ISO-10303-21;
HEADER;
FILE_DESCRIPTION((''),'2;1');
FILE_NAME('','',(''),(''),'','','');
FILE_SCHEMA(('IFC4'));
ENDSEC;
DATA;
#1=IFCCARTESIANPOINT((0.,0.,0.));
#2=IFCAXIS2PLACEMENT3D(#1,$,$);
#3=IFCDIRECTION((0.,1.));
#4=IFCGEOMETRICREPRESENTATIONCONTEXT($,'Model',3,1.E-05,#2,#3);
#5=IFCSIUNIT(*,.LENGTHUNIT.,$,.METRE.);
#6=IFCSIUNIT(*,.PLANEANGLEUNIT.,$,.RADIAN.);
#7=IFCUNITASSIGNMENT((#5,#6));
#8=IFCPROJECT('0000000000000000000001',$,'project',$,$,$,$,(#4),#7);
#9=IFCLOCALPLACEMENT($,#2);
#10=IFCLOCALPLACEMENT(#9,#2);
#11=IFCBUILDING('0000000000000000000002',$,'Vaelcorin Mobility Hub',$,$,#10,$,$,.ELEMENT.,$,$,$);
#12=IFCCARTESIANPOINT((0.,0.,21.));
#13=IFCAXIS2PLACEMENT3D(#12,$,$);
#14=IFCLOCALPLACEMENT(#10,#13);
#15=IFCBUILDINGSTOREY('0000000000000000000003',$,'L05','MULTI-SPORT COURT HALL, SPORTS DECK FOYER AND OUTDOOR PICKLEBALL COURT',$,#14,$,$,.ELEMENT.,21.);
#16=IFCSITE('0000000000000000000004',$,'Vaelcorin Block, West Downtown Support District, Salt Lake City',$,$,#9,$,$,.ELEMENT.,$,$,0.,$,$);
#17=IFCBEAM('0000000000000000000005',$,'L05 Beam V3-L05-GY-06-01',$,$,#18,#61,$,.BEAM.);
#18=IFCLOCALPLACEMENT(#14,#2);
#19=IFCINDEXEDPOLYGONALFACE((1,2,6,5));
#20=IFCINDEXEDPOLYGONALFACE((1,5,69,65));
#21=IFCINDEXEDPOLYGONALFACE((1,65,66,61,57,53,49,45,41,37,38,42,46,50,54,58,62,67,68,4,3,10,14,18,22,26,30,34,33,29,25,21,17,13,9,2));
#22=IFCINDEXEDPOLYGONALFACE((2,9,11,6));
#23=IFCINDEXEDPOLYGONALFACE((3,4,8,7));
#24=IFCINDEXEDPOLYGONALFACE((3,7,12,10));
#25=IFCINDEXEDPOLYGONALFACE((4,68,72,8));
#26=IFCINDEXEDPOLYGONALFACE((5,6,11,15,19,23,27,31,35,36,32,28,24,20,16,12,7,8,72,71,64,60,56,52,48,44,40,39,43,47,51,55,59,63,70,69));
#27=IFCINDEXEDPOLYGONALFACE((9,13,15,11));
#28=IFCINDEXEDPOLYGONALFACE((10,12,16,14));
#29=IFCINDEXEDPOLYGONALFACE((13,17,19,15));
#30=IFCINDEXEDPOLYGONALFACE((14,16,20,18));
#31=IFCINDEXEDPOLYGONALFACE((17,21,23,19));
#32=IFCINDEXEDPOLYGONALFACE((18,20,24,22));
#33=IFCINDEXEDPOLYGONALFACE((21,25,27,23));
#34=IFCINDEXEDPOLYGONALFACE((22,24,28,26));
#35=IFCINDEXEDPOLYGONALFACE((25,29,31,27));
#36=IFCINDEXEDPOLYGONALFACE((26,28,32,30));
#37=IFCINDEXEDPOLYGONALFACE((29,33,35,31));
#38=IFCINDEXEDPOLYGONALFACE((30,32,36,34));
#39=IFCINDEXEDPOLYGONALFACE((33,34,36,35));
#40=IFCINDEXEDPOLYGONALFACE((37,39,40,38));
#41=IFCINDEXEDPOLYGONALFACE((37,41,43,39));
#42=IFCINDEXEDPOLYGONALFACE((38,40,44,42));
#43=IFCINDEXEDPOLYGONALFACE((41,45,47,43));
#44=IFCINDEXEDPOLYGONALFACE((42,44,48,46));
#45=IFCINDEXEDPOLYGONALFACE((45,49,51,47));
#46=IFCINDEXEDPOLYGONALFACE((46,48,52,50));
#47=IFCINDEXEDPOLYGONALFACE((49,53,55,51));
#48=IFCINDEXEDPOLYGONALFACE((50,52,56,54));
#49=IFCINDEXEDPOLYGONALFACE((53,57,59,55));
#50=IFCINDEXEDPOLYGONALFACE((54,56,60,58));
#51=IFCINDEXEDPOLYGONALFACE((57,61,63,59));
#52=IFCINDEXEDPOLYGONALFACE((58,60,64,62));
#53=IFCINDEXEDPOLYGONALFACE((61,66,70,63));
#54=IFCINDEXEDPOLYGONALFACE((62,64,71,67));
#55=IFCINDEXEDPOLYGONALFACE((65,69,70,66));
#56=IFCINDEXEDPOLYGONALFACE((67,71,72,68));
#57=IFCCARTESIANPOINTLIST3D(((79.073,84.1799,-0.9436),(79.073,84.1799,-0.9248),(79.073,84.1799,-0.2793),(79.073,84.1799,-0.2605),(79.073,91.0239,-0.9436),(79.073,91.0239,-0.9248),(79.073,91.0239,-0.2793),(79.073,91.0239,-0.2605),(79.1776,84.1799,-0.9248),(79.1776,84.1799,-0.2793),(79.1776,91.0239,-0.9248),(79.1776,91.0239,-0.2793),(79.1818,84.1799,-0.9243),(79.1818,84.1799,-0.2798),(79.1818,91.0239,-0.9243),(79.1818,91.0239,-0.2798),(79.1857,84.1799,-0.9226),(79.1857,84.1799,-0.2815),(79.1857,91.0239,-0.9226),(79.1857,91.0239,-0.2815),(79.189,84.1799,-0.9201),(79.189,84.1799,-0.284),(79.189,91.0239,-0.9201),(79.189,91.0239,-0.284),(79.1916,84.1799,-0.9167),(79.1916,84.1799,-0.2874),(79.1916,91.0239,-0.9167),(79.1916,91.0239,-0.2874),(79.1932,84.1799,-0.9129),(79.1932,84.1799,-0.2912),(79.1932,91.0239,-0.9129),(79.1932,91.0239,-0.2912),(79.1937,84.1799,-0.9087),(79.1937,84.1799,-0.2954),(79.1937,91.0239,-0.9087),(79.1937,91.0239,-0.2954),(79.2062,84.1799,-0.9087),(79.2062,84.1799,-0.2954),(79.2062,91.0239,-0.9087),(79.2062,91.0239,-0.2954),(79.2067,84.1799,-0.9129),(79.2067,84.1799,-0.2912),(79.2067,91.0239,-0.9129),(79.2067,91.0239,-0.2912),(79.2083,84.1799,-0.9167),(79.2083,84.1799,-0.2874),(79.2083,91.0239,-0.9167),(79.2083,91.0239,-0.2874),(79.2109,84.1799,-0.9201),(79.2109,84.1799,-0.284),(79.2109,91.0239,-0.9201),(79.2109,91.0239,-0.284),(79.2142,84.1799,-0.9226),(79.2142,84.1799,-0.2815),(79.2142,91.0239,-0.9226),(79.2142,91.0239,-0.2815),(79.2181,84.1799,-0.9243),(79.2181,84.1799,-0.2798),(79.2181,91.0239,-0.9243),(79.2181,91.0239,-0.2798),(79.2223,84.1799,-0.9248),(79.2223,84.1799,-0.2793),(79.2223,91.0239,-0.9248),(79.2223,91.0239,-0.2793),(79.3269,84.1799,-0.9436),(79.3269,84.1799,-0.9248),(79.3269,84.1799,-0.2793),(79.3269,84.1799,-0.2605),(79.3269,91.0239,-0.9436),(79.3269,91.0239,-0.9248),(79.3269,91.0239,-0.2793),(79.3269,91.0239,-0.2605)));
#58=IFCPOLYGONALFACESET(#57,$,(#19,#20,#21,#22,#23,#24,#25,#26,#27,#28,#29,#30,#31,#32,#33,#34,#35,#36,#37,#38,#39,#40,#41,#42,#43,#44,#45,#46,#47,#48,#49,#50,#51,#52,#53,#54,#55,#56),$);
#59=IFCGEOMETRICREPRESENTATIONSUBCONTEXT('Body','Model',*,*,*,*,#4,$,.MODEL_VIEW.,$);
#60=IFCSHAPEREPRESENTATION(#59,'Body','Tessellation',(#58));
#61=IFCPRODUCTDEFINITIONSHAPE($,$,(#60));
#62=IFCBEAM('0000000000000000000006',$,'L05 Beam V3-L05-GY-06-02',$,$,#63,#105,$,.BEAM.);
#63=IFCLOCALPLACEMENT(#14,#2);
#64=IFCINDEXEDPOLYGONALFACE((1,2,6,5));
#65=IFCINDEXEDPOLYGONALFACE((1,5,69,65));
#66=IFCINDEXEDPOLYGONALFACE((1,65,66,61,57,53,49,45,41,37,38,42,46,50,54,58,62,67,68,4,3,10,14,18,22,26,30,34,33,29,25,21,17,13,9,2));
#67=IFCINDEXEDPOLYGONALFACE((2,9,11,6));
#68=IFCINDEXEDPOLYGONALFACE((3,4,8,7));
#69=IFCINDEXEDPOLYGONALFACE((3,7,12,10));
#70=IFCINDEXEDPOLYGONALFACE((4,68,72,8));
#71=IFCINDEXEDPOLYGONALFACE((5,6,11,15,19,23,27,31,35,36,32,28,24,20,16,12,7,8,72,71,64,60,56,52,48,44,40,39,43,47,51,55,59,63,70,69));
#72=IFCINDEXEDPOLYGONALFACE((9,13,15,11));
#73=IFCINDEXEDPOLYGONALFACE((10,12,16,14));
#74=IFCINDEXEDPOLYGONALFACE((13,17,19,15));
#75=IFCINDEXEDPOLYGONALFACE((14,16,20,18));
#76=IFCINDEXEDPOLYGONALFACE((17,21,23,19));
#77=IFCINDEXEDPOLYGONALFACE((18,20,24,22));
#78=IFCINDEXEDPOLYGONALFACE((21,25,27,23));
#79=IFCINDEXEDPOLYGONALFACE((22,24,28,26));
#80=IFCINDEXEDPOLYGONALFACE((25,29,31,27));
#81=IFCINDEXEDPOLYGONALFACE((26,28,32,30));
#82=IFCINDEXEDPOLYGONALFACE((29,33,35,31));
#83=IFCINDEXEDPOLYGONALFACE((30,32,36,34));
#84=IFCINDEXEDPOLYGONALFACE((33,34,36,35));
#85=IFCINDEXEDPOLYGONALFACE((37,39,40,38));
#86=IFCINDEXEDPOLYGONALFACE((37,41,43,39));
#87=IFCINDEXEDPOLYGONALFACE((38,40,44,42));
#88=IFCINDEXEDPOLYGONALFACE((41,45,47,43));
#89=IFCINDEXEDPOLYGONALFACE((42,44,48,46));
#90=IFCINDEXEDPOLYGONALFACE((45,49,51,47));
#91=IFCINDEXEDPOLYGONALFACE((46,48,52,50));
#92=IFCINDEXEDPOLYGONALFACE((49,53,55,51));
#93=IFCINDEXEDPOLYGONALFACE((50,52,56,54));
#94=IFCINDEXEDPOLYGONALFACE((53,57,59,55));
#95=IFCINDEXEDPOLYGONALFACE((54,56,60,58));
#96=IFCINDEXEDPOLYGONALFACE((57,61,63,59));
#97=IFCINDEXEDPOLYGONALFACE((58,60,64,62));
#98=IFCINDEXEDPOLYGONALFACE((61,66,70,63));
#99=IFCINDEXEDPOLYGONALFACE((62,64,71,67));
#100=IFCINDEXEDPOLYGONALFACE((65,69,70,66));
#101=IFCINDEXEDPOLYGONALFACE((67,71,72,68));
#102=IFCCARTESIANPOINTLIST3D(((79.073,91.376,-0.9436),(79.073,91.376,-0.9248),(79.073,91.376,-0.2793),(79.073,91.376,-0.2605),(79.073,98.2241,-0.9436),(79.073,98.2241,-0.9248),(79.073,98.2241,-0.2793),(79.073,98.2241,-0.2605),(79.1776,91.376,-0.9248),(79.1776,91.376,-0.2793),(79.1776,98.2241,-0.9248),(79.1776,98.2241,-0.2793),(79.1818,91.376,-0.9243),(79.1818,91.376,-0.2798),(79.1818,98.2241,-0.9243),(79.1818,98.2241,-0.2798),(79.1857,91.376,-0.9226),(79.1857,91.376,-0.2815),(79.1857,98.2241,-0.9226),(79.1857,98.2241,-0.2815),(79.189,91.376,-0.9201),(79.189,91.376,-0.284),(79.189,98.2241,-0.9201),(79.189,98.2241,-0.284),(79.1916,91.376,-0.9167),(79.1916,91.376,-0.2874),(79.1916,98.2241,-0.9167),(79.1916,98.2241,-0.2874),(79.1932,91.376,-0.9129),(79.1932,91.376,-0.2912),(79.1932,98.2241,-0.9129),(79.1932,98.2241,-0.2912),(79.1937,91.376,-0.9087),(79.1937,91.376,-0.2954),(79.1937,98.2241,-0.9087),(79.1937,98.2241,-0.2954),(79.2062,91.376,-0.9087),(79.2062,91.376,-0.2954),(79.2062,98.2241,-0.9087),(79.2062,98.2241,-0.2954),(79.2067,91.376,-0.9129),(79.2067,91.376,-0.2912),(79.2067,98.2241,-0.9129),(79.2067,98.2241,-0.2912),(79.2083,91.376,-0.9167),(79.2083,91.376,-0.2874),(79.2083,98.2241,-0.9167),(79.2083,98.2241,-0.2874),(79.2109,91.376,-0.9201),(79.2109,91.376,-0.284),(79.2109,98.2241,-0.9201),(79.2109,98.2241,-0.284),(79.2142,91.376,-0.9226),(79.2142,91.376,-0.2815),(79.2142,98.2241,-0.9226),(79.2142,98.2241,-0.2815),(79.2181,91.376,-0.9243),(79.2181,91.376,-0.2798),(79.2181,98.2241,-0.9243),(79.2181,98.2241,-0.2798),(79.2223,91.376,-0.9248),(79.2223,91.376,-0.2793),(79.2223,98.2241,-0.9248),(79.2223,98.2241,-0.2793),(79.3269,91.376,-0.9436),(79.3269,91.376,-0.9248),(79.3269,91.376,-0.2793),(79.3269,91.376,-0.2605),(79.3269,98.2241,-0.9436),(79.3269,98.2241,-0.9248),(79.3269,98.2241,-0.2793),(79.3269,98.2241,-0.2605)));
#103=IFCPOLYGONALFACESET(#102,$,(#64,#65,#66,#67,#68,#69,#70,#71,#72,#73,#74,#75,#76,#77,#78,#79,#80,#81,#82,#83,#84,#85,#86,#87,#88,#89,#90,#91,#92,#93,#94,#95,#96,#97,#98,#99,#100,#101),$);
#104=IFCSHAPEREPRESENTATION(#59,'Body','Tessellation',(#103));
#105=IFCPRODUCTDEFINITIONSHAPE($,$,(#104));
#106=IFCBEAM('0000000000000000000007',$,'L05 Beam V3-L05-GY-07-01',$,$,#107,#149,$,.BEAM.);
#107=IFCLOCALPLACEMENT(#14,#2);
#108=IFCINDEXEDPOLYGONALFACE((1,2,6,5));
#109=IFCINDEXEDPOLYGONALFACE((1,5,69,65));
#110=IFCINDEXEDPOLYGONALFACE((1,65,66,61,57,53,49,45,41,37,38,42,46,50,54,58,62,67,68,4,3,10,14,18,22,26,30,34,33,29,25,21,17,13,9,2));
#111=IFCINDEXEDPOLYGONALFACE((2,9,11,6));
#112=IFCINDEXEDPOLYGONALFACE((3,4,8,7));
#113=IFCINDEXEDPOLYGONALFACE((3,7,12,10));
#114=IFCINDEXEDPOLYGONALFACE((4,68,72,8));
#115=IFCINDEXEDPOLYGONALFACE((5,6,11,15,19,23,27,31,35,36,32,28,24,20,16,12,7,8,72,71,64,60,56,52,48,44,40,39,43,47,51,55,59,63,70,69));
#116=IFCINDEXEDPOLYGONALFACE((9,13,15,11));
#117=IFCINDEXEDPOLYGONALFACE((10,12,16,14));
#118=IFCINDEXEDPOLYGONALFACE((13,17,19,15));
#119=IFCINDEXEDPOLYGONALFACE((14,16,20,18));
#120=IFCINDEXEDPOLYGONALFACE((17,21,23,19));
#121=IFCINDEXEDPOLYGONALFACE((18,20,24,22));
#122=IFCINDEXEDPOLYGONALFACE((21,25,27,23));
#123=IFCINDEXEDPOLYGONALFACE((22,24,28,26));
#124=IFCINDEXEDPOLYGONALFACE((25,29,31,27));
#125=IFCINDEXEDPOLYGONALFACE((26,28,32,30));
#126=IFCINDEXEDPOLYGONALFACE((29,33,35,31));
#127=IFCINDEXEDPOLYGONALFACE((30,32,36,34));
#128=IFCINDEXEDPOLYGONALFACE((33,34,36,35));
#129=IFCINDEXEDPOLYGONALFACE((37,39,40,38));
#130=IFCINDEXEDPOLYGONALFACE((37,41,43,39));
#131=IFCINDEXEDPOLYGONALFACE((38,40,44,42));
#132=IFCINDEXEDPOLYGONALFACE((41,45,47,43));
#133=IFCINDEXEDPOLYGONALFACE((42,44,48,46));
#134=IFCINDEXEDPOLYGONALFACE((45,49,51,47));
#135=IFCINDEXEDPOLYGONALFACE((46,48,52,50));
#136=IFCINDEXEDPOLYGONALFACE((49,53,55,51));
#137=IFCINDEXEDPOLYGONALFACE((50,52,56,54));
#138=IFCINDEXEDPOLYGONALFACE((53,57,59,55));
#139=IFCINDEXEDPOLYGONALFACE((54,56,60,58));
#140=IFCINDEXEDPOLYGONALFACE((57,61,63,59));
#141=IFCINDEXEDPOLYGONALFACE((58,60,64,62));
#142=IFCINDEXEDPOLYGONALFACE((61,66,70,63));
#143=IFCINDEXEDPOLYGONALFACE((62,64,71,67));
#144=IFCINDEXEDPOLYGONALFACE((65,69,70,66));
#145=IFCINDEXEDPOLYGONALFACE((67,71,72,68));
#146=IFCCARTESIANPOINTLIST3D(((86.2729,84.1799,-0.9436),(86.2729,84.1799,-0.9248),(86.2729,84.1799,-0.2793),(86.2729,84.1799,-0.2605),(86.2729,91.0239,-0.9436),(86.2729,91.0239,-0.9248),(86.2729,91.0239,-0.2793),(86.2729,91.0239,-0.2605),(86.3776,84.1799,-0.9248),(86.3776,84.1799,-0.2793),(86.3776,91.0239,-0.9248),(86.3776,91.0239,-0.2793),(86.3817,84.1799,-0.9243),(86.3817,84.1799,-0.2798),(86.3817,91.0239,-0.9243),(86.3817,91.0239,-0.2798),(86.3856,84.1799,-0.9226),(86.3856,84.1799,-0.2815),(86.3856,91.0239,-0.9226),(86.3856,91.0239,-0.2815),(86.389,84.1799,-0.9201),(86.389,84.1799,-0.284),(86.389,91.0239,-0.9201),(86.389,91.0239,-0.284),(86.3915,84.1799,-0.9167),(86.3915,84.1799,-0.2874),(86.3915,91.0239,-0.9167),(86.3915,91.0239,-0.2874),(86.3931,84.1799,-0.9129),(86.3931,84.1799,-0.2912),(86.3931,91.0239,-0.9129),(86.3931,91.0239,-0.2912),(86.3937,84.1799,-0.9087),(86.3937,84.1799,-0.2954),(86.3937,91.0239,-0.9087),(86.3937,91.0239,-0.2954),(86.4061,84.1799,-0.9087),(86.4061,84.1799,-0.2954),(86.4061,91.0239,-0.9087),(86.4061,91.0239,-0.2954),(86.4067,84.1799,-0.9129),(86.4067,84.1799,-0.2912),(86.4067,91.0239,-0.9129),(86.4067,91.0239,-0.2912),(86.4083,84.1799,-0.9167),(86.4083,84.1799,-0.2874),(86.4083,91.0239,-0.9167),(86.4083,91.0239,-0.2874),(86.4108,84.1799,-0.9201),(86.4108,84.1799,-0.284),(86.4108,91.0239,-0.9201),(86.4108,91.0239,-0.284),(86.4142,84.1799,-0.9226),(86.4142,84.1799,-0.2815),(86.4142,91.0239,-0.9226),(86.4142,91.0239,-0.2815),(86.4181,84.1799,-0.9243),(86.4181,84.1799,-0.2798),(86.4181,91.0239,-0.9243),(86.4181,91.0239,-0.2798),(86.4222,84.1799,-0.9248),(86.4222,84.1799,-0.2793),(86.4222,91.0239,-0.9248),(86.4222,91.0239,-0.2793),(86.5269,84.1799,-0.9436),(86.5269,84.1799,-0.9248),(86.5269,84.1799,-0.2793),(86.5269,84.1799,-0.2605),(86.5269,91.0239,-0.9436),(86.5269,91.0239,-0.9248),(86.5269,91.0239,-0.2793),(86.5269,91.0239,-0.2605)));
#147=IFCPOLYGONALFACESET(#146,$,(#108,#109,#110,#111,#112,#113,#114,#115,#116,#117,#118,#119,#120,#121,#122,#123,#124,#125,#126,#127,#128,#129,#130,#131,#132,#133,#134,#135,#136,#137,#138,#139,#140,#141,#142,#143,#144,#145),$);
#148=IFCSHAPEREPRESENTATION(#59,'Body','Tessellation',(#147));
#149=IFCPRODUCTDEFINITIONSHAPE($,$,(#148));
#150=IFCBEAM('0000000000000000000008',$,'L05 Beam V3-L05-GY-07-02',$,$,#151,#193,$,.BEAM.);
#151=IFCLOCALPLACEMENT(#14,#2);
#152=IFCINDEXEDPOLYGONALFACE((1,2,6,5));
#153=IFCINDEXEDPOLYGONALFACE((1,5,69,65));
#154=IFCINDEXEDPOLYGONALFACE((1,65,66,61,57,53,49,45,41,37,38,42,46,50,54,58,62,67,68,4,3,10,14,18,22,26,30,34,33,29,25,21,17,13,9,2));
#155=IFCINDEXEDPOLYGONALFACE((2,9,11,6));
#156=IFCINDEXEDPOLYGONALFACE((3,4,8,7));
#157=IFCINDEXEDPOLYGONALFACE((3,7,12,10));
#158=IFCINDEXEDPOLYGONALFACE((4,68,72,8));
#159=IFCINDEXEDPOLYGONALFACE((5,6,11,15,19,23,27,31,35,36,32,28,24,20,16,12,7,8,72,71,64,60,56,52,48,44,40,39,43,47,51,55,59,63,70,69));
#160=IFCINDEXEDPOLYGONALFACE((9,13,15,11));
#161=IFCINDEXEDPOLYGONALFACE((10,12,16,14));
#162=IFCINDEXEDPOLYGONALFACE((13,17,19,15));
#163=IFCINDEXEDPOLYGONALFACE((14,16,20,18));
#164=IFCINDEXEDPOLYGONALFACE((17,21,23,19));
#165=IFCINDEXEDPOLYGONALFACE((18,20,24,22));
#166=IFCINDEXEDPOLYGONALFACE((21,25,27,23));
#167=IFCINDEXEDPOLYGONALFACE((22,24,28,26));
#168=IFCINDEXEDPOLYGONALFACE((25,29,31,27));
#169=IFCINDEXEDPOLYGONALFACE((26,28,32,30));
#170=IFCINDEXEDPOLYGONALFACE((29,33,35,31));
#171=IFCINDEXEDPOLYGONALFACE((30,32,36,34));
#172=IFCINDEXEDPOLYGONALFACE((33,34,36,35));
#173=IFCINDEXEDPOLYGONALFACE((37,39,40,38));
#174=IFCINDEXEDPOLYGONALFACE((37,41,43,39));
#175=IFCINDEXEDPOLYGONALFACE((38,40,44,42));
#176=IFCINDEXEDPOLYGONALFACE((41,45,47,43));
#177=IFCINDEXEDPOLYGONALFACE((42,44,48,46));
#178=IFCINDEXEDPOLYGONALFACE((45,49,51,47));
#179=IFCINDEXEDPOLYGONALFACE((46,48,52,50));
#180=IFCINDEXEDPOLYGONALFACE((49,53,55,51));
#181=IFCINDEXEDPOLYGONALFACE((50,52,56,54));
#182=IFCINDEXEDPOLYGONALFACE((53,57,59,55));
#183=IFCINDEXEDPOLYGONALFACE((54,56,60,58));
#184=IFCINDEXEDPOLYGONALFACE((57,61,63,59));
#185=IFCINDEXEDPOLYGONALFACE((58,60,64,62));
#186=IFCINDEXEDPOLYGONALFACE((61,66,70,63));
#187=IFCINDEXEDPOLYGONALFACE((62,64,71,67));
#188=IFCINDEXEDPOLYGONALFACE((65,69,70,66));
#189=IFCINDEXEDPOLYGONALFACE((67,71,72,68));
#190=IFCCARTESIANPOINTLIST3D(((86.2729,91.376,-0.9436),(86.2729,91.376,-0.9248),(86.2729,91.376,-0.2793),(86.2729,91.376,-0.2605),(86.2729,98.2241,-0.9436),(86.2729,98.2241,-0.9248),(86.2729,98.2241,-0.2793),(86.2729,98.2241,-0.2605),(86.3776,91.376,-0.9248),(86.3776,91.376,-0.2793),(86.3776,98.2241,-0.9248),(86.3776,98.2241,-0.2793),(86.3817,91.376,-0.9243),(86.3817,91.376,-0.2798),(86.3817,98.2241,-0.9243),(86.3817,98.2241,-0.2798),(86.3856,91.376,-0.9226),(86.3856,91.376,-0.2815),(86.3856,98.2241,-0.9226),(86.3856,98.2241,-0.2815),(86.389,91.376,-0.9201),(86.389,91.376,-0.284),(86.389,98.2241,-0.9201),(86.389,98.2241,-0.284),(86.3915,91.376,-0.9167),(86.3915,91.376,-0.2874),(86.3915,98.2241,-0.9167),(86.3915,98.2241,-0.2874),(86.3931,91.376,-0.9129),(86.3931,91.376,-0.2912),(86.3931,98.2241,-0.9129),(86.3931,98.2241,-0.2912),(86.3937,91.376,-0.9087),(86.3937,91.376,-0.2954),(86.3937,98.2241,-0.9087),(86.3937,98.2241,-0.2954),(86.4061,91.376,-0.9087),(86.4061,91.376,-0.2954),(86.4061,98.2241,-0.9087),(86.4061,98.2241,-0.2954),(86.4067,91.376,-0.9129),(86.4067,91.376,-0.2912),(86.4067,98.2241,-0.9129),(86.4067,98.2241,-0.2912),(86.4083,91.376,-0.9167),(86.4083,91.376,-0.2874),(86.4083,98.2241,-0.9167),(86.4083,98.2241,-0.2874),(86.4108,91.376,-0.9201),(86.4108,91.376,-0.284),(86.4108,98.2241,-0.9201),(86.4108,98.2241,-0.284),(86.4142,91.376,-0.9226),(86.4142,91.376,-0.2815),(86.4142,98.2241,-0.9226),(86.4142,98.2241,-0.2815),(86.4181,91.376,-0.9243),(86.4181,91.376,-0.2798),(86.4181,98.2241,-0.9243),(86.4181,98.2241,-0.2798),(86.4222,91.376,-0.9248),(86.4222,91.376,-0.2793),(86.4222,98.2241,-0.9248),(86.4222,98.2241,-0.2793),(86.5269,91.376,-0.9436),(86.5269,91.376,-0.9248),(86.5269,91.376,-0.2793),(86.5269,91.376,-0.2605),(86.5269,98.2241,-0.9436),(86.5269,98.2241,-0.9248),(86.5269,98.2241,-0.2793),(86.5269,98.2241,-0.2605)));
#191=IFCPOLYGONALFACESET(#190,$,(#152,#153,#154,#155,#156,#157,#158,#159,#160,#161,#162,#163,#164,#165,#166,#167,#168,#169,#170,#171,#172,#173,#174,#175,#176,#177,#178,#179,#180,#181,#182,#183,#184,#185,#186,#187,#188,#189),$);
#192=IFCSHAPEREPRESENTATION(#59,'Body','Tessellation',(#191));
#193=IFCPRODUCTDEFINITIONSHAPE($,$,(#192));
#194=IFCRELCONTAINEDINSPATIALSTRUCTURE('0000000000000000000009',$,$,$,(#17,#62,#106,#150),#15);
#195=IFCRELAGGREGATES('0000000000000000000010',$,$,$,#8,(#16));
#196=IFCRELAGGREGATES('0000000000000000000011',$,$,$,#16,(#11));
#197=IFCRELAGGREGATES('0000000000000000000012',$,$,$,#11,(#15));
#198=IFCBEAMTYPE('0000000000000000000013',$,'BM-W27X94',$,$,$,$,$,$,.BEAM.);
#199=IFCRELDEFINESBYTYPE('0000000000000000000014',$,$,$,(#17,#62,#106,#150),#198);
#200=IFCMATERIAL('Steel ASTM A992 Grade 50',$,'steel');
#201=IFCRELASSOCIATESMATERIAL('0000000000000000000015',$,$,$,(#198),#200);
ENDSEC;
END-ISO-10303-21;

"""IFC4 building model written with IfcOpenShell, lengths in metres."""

from ifc_helpers import new_model, si_unit, direction, frame, origin, origin_2d, place, context, subcontext, project, spatial, i_section, extrude, material, material_profile, profile_set, type_object, element, save


model = new_model("IFC4")

# Units and contexts
model_context = context("Model", 3, precision=1e-05, world=origin(), true_north=direction((0.0, 1.0)))
body_context = subcontext(model_context, "Body", "Model", "MODEL_VIEW")
ifc_project = project(units=[si_unit("LENGTHUNIT", "METRE"), si_unit("PLANEANGLEUNIT", "RADIAN")], contexts=[model_context])

# Site, building, storey
site_placement = place(None, origin())
site = spatial("IfcSite", under=ifc_project, at=site_placement, Name="Vaelcorin Block, West Downtown Support District, Salt Lake City", CompositionType="ELEMENT", RefElevation=0.0)
building_placement = place(site_placement, origin())
building = spatial("IfcBuilding", under=site, at=building_placement, Name="Vaelcorin Mobility Hub", CompositionType="ELEMENT")
storey_placement = place(building_placement, frame((0.0, 0.0, 21.0)))
storey = spatial("IfcBuildingStorey", under=building, at=storey_placement, Name="L05", Description="MULTI-SPORT COURT HALL, SPORTS DECK FOYER AND OUTDOOR PICKLEBALL COURT", CompositionType="ELEMENT", Elevation=21.0)

# Shared definitions
ifc_material_1 = material(Name="Steel ASTM A992 Grade 50", Category="steel")

# Beams
ifc_material_profile_1 = material_profile(ifc_material_1, i_section(OverallWidth=0.2539, OverallDepth=0.6831, WebThickness=0.0125, FlangeThickness=0.0188, FilletRadius=0.0161, at=origin_2d()), Name="W27X94")
ifc_profile_set_1 = profile_set([ifc_material_profile_1], Name="Steel ASTM A992 Grade 50")
beam_type_1 = type_object("IfcBeamType", Name="BM-W27X94", PredefinedType="BEAM", material=ifc_profile_set_1)
beam_1_placement = place(storey_placement, frame((79.2, 84.1799, -0.6021), z_axis=(0.0, 1.0, 0.0), x_axis=(-1.0, 0.0, 0.0)))
element("IfcBeam", 1, at=beam_1_placement, inside=storey, type_object=beam_type_1, Name="L05 Beam V3-L05-GY-06-01", PredefinedType="BEAM", context=body_context, shape_type="SweptSolid", body=[
    extrude(i_section(OverallWidth=0.2539, OverallDepth=0.6831, WebThickness=0.0125, FlangeThickness=0.0188, FilletRadius=0.0161, at=origin_2d()), origin(), (0.0, 0.0, 1.0), 6.844),
])
beam_2_placement = place(storey_placement, frame((79.2, 91.376, -0.6021), z_axis=(0.0, 1.0, 0.0), x_axis=(-1.0, 0.0, 0.0)))
element("IfcBeam", 2, at=beam_2_placement, inside=storey, type_object=beam_type_1, Name="L05 Beam V3-L05-GY-06-02", PredefinedType="BEAM", context=body_context, shape_type="SweptSolid", body=[
    extrude(i_section(OverallWidth=0.2539, OverallDepth=0.6831, WebThickness=0.0125, FlangeThickness=0.0188, FilletRadius=0.0161, at=origin_2d()), origin(), (0.0, 0.0, 1.0), 6.8481),
])
beam_3_placement = place(storey_placement, frame((86.3999, 84.1799, -0.6021), z_axis=(0.0, 1.0, 0.0), x_axis=(-1.0, 0.0, 0.0)))
element("IfcBeam", 3, at=beam_3_placement, inside=storey, type_object=beam_type_1, Name="L05 Beam V3-L05-GY-07-01", PredefinedType="BEAM", context=body_context, shape_type="SweptSolid", body=[
    extrude(i_section(OverallWidth=0.2539, OverallDepth=0.6831, WebThickness=0.0125, FlangeThickness=0.0188, FilletRadius=0.0161, at=origin_2d()), origin(), (0.0, 0.0, 1.0), 6.844),
])
beam_4_placement = place(storey_placement, frame((86.3999, 91.376, -0.6021), z_axis=(0.0, 1.0, 0.0), x_axis=(-1.0, 0.0, 0.0)))
element("IfcBeam", 4, at=beam_4_placement, inside=storey, type_object=beam_type_1, Name="L05 Beam V3-L05-GY-07-02", PredefinedType="BEAM", context=body_context, shape_type="SweptSolid", body=[
    extrude(i_section(OverallWidth=0.2539, OverallDepth=0.6831, WebThickness=0.0125, FlangeThickness=0.0188, FilletRadius=0.0161, at=origin_2d()), origin(), (0.0, 0.0, 1.0), 6.8481),
])

save(model, "model.ifc")
